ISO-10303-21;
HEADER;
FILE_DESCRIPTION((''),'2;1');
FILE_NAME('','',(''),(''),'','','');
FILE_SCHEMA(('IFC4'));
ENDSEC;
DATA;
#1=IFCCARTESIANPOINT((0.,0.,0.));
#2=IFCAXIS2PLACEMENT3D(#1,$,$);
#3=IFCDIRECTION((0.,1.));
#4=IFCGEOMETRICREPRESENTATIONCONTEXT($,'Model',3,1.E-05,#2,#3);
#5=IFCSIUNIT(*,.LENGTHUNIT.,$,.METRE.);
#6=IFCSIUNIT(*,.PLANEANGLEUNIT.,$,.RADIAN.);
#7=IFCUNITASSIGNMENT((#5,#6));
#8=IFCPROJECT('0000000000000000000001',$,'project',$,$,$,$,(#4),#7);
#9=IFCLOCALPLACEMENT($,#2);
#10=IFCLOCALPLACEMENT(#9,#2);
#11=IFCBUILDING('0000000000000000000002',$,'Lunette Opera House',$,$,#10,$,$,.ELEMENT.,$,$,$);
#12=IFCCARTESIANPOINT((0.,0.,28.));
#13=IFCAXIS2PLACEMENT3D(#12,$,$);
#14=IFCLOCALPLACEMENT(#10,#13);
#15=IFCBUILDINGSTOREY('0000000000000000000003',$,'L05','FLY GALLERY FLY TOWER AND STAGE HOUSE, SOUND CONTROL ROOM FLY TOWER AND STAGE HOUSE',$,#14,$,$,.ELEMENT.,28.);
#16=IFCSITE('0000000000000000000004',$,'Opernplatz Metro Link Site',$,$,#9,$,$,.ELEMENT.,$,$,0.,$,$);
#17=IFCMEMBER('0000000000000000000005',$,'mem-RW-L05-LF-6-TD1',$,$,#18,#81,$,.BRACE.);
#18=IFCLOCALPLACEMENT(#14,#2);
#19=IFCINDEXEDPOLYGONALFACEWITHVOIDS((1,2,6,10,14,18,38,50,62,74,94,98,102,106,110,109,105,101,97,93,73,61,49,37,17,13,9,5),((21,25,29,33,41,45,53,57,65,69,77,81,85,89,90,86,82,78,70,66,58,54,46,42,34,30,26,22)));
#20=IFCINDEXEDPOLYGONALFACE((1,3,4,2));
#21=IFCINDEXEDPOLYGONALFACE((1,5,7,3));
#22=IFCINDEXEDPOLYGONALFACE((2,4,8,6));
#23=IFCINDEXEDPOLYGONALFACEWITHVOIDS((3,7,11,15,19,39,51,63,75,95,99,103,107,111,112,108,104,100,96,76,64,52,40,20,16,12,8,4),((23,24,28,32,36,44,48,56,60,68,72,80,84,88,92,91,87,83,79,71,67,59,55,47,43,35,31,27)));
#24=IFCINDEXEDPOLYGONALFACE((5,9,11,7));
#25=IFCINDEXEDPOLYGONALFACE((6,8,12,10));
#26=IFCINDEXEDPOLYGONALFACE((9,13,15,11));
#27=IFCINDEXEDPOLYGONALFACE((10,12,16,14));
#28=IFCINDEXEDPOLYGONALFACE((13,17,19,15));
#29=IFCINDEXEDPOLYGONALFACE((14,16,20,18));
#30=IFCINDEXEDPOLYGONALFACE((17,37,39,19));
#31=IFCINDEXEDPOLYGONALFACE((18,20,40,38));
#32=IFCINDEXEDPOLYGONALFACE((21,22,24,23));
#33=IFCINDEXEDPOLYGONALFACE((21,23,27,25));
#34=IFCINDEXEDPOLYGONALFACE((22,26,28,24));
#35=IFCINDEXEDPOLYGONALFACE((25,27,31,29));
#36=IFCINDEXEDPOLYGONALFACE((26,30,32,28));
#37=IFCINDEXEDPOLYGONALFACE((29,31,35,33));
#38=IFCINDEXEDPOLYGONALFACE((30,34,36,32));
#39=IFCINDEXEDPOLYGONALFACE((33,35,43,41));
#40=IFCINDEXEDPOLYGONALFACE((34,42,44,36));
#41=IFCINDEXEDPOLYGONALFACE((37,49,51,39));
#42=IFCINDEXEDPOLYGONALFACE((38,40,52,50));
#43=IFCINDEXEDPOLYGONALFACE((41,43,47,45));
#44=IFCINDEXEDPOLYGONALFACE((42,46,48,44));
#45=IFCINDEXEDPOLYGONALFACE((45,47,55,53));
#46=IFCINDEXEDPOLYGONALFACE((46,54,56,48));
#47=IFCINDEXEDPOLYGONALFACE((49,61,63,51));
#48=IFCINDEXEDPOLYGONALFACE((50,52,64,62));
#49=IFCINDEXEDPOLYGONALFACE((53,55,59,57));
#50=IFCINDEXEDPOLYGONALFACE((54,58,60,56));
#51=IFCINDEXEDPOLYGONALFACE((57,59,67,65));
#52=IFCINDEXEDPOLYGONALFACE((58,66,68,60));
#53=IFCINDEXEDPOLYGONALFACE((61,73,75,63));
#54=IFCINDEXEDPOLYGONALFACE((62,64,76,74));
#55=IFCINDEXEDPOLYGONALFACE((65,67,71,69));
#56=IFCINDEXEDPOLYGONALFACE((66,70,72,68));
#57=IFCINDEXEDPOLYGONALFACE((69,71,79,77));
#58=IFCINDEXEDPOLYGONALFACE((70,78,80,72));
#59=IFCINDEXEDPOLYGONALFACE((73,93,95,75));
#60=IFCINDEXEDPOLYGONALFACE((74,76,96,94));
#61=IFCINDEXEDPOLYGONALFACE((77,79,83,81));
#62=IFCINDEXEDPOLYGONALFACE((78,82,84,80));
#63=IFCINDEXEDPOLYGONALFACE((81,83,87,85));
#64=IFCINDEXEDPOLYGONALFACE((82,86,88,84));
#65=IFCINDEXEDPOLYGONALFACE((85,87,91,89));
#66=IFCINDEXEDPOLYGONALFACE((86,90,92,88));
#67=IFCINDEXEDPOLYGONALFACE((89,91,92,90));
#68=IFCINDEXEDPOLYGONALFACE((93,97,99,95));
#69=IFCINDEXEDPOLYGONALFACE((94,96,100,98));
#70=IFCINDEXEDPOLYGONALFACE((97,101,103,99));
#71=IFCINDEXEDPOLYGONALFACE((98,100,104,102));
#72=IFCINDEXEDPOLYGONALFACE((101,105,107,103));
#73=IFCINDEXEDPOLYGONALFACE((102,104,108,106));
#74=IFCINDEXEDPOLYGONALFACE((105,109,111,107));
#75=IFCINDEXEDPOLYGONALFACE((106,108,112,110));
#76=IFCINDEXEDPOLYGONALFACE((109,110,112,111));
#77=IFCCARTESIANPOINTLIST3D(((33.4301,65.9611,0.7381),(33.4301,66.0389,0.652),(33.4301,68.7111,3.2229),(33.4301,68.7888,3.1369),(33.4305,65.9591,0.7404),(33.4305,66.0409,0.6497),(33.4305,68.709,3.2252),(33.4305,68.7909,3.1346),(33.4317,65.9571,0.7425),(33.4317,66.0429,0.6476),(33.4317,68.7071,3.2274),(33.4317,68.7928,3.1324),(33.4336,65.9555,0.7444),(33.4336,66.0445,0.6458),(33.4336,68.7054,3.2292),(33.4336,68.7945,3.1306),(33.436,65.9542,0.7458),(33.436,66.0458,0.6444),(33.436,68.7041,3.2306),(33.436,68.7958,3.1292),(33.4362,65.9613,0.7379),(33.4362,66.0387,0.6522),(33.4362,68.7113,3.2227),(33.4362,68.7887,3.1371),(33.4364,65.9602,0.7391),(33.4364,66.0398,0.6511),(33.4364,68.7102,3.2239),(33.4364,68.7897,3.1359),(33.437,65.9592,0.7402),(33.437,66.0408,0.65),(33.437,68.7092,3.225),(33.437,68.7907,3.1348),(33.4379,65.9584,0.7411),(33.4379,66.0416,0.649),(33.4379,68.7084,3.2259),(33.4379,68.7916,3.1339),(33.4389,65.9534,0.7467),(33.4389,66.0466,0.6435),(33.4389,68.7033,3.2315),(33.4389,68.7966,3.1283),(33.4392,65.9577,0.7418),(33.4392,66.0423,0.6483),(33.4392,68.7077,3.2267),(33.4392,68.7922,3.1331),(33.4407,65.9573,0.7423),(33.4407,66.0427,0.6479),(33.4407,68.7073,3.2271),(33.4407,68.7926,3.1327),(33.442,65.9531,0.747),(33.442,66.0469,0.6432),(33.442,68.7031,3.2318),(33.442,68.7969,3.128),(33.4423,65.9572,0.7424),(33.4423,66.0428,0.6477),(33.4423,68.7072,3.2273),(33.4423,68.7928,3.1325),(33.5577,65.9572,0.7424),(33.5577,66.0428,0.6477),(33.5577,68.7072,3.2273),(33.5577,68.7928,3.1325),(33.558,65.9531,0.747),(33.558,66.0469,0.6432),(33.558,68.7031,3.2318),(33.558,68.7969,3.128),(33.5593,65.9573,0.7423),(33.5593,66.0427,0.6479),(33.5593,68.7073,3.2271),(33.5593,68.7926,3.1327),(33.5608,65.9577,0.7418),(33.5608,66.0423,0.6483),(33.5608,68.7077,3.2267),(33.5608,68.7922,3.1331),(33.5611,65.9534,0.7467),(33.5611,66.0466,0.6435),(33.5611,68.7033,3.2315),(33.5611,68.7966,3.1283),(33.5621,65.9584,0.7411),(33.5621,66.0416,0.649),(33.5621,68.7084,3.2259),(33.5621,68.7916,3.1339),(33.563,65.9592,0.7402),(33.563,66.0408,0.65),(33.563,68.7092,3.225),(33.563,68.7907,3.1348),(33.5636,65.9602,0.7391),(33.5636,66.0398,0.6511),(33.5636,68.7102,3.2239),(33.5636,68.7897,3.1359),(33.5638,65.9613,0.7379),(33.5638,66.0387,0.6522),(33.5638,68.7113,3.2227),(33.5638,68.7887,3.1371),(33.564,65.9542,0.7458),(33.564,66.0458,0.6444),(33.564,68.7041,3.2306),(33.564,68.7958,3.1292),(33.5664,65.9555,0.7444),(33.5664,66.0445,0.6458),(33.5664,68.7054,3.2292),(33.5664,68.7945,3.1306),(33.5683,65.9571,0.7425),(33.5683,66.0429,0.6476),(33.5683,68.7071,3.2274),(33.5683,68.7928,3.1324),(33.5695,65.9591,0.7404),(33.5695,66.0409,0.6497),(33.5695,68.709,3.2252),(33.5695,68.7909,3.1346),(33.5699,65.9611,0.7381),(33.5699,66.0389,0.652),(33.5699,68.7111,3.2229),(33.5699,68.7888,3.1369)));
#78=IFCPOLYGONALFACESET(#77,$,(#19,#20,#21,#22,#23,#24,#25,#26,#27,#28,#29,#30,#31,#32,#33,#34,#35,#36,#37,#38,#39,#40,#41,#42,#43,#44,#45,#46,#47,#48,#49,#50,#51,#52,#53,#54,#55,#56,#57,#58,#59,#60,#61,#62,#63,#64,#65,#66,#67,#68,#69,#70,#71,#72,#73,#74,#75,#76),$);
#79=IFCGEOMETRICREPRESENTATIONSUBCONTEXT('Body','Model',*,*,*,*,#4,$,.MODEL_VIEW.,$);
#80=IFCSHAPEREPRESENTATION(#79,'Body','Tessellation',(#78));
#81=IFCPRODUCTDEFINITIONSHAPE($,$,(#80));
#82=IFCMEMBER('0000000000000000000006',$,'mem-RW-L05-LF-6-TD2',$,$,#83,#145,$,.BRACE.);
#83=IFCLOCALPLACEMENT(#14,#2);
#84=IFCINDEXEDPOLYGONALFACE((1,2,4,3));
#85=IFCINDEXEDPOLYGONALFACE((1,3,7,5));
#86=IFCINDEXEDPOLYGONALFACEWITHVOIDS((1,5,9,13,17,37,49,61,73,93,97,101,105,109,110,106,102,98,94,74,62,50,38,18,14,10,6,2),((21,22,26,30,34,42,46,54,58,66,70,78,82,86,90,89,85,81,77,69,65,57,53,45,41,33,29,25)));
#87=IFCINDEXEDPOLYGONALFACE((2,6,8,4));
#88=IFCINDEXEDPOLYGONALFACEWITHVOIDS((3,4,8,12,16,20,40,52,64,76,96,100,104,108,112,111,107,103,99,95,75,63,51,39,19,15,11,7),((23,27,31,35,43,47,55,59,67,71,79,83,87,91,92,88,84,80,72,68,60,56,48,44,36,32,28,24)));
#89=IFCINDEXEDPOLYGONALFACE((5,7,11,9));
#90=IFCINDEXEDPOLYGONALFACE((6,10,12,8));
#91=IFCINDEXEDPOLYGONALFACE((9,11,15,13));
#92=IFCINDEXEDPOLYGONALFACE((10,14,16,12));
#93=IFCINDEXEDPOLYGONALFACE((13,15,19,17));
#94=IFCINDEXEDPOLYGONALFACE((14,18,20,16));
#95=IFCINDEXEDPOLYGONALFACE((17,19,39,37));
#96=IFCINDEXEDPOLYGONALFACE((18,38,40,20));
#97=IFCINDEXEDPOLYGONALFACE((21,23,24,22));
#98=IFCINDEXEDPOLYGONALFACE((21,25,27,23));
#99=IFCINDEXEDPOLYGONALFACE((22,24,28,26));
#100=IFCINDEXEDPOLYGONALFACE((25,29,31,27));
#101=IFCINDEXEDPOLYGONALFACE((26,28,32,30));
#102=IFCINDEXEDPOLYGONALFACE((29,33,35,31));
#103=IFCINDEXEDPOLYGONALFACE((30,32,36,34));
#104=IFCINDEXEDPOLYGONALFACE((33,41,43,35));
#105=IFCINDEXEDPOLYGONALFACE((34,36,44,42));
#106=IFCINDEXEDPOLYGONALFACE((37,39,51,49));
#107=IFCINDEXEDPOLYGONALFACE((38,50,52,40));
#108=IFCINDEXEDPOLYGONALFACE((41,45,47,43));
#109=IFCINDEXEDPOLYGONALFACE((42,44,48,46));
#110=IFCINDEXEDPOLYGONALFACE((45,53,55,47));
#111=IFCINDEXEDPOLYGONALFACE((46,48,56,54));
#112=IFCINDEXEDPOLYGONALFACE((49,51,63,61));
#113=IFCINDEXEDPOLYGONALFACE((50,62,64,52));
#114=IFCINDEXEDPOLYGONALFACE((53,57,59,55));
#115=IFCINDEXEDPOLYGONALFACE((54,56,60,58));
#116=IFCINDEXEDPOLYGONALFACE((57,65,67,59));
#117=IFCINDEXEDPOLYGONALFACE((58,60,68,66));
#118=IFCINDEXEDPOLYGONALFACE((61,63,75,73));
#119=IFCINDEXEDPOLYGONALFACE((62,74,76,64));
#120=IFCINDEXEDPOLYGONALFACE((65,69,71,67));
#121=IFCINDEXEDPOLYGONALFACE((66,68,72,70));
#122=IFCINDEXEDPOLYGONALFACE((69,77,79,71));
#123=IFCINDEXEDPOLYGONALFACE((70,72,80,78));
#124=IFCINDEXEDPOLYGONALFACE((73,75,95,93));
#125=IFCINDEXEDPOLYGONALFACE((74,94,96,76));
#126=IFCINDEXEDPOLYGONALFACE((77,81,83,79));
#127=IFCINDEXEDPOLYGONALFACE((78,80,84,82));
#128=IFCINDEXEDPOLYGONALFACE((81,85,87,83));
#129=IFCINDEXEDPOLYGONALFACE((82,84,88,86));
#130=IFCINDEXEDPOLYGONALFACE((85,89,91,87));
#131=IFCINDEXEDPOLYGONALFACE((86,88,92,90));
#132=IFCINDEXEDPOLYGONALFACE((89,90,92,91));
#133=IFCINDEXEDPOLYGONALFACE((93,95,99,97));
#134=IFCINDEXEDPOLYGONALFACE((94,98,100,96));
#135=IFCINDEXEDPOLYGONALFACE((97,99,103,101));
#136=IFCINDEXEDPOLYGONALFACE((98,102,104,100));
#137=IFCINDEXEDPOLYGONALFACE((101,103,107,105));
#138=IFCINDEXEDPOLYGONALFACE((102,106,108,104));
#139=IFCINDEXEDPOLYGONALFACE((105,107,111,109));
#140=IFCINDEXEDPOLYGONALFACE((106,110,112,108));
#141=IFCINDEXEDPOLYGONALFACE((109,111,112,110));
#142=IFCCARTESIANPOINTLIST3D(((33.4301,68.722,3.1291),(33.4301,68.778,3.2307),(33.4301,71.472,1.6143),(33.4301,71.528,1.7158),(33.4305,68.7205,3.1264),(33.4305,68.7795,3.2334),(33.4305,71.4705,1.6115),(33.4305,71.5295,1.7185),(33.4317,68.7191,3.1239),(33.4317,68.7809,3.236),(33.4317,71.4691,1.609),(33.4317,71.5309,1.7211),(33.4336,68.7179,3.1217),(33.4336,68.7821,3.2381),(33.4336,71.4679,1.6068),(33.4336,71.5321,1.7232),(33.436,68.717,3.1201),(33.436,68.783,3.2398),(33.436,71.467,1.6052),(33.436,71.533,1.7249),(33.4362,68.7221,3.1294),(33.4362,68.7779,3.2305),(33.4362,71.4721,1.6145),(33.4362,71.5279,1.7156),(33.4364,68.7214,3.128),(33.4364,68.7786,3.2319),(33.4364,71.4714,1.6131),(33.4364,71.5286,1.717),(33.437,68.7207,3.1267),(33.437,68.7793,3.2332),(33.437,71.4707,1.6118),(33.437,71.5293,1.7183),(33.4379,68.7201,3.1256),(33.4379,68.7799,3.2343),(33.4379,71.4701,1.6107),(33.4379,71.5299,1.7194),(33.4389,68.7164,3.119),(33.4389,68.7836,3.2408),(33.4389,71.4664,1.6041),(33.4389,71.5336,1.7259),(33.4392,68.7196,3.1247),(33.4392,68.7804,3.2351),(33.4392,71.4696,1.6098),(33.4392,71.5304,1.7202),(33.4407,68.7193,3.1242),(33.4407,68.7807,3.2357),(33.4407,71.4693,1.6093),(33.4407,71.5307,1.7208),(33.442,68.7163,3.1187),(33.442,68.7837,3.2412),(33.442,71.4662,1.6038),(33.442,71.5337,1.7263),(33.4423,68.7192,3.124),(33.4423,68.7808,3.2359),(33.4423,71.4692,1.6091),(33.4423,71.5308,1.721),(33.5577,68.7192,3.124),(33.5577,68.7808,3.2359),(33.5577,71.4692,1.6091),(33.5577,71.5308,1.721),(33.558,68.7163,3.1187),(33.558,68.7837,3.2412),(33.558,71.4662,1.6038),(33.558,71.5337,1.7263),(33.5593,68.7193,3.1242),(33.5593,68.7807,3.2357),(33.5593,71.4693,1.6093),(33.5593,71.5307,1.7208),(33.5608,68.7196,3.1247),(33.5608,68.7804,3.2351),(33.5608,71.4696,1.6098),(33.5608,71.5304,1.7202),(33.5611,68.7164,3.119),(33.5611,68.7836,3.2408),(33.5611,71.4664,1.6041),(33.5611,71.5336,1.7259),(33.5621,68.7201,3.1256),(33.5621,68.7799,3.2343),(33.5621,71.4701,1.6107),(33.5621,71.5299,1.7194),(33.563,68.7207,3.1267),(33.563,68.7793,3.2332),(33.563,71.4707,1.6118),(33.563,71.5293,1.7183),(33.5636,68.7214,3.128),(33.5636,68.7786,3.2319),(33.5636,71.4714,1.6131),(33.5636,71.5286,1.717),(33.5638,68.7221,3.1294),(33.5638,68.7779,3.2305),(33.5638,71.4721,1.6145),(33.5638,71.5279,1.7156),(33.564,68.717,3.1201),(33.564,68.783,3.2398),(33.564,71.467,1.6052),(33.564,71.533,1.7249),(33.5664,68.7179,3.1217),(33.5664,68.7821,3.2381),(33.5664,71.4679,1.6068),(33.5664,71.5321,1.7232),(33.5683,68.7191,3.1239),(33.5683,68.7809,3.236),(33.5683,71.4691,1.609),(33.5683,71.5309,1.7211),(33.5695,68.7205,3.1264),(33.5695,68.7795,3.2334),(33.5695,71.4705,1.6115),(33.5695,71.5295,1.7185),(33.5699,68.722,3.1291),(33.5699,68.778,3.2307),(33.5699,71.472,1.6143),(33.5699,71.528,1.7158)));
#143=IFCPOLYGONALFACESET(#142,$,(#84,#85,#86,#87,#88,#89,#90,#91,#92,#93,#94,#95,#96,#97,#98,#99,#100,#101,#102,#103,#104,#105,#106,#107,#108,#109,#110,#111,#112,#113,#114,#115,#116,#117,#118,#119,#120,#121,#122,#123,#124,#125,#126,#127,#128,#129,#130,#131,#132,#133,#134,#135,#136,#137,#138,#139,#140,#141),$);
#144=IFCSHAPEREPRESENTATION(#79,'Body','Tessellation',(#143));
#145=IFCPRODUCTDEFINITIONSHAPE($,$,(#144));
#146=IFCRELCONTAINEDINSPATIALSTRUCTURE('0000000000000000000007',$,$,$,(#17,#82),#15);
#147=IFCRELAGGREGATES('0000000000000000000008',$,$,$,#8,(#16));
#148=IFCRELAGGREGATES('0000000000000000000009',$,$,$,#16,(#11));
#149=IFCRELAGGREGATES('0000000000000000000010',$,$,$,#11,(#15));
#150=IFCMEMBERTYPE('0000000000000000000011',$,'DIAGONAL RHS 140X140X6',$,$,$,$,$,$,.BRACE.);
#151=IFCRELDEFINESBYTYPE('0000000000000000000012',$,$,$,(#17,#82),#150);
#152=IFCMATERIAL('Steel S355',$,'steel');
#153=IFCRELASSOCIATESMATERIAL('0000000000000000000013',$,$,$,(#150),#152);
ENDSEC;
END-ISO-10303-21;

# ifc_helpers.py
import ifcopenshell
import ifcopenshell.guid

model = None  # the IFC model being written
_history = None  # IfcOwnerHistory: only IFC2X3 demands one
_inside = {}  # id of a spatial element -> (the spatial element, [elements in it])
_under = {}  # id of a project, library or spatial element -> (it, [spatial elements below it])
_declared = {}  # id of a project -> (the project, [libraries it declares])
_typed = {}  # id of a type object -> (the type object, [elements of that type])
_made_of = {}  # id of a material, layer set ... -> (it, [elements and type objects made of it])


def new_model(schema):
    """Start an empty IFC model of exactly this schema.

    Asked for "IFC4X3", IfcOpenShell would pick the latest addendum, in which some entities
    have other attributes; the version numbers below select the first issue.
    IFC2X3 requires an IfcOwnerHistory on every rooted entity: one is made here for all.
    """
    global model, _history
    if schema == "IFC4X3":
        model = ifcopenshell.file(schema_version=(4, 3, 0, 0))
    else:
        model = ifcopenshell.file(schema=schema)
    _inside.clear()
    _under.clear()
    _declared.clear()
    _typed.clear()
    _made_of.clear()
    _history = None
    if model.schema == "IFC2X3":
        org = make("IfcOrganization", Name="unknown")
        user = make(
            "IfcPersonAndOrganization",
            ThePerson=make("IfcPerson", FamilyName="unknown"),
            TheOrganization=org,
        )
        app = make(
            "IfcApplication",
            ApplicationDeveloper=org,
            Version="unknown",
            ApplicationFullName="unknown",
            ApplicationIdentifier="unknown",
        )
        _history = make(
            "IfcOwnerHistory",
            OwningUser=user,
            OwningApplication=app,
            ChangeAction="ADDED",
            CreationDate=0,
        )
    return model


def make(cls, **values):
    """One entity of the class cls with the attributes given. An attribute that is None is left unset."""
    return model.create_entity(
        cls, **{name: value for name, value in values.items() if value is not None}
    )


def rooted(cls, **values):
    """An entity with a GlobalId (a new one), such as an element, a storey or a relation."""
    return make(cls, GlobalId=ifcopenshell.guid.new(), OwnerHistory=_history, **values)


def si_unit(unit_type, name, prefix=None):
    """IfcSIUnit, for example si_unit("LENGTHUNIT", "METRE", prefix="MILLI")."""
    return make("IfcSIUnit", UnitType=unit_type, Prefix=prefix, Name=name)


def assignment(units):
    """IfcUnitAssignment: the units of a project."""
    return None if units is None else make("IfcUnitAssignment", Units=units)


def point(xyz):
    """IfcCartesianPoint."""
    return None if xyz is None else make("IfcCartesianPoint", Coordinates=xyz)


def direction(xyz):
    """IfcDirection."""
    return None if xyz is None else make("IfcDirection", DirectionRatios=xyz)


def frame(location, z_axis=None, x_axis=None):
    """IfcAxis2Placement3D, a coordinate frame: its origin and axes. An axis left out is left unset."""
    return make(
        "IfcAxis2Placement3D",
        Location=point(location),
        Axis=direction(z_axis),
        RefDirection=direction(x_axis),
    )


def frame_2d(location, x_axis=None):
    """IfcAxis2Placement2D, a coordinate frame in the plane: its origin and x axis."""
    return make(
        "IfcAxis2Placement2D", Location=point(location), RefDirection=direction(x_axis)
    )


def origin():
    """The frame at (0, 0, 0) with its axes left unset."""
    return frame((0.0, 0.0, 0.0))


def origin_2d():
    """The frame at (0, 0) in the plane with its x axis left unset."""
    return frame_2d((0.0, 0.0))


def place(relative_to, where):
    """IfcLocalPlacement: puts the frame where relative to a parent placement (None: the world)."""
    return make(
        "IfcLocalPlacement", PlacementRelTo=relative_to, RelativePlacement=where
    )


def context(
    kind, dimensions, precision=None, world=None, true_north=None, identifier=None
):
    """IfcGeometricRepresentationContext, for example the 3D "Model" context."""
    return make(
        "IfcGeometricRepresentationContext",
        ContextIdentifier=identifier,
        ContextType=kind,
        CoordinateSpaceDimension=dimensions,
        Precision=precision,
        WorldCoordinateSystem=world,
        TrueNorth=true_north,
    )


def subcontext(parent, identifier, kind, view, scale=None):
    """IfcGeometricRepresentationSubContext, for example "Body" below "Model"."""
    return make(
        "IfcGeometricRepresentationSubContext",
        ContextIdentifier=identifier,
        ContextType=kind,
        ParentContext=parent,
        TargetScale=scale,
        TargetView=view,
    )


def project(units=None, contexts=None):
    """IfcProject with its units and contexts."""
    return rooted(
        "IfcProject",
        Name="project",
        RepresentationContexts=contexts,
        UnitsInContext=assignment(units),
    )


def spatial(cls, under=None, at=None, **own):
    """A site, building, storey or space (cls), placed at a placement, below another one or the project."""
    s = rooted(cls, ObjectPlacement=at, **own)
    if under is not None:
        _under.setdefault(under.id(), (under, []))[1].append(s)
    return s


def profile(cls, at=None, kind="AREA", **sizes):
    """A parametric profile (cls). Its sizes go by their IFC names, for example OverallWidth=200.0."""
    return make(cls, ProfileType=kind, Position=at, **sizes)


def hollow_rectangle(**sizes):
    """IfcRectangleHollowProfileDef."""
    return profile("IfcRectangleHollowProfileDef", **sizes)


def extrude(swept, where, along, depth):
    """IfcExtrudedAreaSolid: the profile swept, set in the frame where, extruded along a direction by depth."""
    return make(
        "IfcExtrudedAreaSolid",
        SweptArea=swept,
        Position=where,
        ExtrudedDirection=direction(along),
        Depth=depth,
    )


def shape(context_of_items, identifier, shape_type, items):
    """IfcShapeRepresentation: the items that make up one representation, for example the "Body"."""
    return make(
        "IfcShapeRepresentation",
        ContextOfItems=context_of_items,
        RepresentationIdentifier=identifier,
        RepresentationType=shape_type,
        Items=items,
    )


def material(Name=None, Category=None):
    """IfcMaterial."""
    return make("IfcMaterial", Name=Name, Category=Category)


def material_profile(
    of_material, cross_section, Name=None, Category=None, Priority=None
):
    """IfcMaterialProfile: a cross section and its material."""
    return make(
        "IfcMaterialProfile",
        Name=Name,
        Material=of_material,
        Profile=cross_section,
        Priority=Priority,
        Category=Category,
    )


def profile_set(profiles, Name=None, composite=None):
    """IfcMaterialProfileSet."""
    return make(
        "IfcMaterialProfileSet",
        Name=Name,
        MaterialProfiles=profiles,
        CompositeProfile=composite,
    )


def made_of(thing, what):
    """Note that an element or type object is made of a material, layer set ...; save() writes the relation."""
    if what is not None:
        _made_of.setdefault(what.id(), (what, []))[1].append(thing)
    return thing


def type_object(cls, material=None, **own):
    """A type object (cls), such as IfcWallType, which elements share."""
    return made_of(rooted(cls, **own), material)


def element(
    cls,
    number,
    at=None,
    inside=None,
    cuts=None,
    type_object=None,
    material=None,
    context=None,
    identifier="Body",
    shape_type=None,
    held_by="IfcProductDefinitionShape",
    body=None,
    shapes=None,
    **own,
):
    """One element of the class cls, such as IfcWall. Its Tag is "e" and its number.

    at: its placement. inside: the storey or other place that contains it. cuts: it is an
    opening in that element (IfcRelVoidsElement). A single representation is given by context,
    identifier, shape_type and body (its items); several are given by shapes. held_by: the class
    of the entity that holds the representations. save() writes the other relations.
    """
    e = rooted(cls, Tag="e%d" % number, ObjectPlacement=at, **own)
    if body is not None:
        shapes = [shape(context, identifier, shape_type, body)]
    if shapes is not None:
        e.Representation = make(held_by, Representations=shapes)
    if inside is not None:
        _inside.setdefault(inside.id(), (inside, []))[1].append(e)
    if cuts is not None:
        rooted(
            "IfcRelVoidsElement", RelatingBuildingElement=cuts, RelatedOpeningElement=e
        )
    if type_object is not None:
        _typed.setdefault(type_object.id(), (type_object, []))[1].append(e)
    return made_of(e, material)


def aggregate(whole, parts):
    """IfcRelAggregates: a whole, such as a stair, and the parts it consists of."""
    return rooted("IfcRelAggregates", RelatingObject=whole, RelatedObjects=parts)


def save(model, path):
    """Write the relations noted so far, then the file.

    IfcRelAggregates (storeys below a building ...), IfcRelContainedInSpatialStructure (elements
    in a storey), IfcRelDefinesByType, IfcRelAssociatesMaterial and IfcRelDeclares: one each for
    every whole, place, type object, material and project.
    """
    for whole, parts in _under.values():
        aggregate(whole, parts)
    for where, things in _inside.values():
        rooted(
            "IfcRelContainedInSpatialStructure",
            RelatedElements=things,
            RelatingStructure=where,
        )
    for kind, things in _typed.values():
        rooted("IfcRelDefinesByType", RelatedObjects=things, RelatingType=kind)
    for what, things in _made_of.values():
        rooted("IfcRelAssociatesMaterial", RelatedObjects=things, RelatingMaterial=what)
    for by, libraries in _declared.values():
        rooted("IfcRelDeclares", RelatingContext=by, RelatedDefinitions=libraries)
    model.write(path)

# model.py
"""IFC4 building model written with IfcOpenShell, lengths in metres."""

from ifc_helpers import new_model, si_unit, direction, frame, origin, origin_2d, place, context, subcontext, project, spatial, hollow_rectangle, extrude, material, material_profile, profile_set, type_object, element, save


model = new_model("IFC4")

# Units and contexts
model_context = context("Model", 3, precision=1e-05, world=origin(), true_north=direction((0.0, 1.0)))
body_context = subcontext(model_context, "Body", "Model", "MODEL_VIEW")
ifc_project = project(units=[si_unit("LENGTHUNIT", "METRE"), si_unit("PLANEANGLEUNIT", "RADIAN")], contexts=[model_context])

# Site, building, storey
site_placement = place(None, origin())
site = spatial("IfcSite", under=ifc_project, at=site_placement, Name="Opernplatz Metro Link Site", CompositionType="ELEMENT", RefElevation=0.0)
building_placement = place(site_placement, origin())
building = spatial("IfcBuilding", under=site, at=building_placement, Name="Lunette Opera House", CompositionType="ELEMENT")
storey_placement = place(building_placement, frame((0.0, 0.0, 28.0)))
storey = spatial("IfcBuildingStorey", under=building, at=storey_placement, Name="L05", Description="FLY GALLERY FLY TOWER AND STAGE HOUSE, SOUND CONTROL ROOM FLY TOWER AND STAGE HOUSE", CompositionType="ELEMENT", Elevation=28.0)

# Members
ifc_material_1 = material(Name="Steel S355", Category="steel")
ifc_material_profile_1 = material_profile(ifc_material_1, hollow_rectangle(XDim=0.1399, YDim=0.1399, WallThickness=0.0061, InnerFilletRadius=0.0061, OuterFilletRadius=0.012, at=origin_2d()), Name="RHS 140X140X6")
ifc_profile_set_1 = profile_set([ifc_material_profile_1], Name="Steel S355")
member_type_1 = type_object("IfcMemberType", Name="DIAGONAL RHS 140X140X6", PredefinedType="BRACE", material=ifc_profile_set_1)
member_1_placement = place(storey_placement, frame((33.5, 66.0, 0.6951), z_axis=(0.0, 0.741969, 0.670434), x_axis=(-1.0, 0.0, 0.0)))
element("IfcMember", 1, at=member_1_placement, inside=storey, type_object=member_type_1, Name="mem-RW-L05-LF-6-TD1", PredefinedType="BRACE", context=body_context, shape_type="SweptSolid", body=[
    extrude(hollow_rectangle(XDim=0.1399, YDim=0.1399, WallThickness=0.0061, InnerFilletRadius=0.0061, OuterFilletRadius=0.012, at=origin_2d()), origin(), (0.0, 0.0, 1.0), 3.7063),
])
member_2_placement = place(storey_placement, frame((33.5, 68.75, 3.1799), z_axis=(0.0, 0.875894, -0.482504), x_axis=(-1.0, 0.0, 0.0)))
element("IfcMember", 2, at=member_2_placement, inside=storey, type_object=member_type_1, Name="mem-RW-L05-LF-6-TD2", PredefinedType="BRACE", context=body_context, shape_type="SweptSolid", body=[
    extrude(hollow_rectangle(XDim=0.1399, YDim=0.1399, WallThickness=0.0061, InnerFilletRadius=0.0061, OuterFilletRadius=0.012, at=origin_2d()), origin(), (0.0, 0.0, 1.0), 3.1396),
])

save(model, "model.ifc")
